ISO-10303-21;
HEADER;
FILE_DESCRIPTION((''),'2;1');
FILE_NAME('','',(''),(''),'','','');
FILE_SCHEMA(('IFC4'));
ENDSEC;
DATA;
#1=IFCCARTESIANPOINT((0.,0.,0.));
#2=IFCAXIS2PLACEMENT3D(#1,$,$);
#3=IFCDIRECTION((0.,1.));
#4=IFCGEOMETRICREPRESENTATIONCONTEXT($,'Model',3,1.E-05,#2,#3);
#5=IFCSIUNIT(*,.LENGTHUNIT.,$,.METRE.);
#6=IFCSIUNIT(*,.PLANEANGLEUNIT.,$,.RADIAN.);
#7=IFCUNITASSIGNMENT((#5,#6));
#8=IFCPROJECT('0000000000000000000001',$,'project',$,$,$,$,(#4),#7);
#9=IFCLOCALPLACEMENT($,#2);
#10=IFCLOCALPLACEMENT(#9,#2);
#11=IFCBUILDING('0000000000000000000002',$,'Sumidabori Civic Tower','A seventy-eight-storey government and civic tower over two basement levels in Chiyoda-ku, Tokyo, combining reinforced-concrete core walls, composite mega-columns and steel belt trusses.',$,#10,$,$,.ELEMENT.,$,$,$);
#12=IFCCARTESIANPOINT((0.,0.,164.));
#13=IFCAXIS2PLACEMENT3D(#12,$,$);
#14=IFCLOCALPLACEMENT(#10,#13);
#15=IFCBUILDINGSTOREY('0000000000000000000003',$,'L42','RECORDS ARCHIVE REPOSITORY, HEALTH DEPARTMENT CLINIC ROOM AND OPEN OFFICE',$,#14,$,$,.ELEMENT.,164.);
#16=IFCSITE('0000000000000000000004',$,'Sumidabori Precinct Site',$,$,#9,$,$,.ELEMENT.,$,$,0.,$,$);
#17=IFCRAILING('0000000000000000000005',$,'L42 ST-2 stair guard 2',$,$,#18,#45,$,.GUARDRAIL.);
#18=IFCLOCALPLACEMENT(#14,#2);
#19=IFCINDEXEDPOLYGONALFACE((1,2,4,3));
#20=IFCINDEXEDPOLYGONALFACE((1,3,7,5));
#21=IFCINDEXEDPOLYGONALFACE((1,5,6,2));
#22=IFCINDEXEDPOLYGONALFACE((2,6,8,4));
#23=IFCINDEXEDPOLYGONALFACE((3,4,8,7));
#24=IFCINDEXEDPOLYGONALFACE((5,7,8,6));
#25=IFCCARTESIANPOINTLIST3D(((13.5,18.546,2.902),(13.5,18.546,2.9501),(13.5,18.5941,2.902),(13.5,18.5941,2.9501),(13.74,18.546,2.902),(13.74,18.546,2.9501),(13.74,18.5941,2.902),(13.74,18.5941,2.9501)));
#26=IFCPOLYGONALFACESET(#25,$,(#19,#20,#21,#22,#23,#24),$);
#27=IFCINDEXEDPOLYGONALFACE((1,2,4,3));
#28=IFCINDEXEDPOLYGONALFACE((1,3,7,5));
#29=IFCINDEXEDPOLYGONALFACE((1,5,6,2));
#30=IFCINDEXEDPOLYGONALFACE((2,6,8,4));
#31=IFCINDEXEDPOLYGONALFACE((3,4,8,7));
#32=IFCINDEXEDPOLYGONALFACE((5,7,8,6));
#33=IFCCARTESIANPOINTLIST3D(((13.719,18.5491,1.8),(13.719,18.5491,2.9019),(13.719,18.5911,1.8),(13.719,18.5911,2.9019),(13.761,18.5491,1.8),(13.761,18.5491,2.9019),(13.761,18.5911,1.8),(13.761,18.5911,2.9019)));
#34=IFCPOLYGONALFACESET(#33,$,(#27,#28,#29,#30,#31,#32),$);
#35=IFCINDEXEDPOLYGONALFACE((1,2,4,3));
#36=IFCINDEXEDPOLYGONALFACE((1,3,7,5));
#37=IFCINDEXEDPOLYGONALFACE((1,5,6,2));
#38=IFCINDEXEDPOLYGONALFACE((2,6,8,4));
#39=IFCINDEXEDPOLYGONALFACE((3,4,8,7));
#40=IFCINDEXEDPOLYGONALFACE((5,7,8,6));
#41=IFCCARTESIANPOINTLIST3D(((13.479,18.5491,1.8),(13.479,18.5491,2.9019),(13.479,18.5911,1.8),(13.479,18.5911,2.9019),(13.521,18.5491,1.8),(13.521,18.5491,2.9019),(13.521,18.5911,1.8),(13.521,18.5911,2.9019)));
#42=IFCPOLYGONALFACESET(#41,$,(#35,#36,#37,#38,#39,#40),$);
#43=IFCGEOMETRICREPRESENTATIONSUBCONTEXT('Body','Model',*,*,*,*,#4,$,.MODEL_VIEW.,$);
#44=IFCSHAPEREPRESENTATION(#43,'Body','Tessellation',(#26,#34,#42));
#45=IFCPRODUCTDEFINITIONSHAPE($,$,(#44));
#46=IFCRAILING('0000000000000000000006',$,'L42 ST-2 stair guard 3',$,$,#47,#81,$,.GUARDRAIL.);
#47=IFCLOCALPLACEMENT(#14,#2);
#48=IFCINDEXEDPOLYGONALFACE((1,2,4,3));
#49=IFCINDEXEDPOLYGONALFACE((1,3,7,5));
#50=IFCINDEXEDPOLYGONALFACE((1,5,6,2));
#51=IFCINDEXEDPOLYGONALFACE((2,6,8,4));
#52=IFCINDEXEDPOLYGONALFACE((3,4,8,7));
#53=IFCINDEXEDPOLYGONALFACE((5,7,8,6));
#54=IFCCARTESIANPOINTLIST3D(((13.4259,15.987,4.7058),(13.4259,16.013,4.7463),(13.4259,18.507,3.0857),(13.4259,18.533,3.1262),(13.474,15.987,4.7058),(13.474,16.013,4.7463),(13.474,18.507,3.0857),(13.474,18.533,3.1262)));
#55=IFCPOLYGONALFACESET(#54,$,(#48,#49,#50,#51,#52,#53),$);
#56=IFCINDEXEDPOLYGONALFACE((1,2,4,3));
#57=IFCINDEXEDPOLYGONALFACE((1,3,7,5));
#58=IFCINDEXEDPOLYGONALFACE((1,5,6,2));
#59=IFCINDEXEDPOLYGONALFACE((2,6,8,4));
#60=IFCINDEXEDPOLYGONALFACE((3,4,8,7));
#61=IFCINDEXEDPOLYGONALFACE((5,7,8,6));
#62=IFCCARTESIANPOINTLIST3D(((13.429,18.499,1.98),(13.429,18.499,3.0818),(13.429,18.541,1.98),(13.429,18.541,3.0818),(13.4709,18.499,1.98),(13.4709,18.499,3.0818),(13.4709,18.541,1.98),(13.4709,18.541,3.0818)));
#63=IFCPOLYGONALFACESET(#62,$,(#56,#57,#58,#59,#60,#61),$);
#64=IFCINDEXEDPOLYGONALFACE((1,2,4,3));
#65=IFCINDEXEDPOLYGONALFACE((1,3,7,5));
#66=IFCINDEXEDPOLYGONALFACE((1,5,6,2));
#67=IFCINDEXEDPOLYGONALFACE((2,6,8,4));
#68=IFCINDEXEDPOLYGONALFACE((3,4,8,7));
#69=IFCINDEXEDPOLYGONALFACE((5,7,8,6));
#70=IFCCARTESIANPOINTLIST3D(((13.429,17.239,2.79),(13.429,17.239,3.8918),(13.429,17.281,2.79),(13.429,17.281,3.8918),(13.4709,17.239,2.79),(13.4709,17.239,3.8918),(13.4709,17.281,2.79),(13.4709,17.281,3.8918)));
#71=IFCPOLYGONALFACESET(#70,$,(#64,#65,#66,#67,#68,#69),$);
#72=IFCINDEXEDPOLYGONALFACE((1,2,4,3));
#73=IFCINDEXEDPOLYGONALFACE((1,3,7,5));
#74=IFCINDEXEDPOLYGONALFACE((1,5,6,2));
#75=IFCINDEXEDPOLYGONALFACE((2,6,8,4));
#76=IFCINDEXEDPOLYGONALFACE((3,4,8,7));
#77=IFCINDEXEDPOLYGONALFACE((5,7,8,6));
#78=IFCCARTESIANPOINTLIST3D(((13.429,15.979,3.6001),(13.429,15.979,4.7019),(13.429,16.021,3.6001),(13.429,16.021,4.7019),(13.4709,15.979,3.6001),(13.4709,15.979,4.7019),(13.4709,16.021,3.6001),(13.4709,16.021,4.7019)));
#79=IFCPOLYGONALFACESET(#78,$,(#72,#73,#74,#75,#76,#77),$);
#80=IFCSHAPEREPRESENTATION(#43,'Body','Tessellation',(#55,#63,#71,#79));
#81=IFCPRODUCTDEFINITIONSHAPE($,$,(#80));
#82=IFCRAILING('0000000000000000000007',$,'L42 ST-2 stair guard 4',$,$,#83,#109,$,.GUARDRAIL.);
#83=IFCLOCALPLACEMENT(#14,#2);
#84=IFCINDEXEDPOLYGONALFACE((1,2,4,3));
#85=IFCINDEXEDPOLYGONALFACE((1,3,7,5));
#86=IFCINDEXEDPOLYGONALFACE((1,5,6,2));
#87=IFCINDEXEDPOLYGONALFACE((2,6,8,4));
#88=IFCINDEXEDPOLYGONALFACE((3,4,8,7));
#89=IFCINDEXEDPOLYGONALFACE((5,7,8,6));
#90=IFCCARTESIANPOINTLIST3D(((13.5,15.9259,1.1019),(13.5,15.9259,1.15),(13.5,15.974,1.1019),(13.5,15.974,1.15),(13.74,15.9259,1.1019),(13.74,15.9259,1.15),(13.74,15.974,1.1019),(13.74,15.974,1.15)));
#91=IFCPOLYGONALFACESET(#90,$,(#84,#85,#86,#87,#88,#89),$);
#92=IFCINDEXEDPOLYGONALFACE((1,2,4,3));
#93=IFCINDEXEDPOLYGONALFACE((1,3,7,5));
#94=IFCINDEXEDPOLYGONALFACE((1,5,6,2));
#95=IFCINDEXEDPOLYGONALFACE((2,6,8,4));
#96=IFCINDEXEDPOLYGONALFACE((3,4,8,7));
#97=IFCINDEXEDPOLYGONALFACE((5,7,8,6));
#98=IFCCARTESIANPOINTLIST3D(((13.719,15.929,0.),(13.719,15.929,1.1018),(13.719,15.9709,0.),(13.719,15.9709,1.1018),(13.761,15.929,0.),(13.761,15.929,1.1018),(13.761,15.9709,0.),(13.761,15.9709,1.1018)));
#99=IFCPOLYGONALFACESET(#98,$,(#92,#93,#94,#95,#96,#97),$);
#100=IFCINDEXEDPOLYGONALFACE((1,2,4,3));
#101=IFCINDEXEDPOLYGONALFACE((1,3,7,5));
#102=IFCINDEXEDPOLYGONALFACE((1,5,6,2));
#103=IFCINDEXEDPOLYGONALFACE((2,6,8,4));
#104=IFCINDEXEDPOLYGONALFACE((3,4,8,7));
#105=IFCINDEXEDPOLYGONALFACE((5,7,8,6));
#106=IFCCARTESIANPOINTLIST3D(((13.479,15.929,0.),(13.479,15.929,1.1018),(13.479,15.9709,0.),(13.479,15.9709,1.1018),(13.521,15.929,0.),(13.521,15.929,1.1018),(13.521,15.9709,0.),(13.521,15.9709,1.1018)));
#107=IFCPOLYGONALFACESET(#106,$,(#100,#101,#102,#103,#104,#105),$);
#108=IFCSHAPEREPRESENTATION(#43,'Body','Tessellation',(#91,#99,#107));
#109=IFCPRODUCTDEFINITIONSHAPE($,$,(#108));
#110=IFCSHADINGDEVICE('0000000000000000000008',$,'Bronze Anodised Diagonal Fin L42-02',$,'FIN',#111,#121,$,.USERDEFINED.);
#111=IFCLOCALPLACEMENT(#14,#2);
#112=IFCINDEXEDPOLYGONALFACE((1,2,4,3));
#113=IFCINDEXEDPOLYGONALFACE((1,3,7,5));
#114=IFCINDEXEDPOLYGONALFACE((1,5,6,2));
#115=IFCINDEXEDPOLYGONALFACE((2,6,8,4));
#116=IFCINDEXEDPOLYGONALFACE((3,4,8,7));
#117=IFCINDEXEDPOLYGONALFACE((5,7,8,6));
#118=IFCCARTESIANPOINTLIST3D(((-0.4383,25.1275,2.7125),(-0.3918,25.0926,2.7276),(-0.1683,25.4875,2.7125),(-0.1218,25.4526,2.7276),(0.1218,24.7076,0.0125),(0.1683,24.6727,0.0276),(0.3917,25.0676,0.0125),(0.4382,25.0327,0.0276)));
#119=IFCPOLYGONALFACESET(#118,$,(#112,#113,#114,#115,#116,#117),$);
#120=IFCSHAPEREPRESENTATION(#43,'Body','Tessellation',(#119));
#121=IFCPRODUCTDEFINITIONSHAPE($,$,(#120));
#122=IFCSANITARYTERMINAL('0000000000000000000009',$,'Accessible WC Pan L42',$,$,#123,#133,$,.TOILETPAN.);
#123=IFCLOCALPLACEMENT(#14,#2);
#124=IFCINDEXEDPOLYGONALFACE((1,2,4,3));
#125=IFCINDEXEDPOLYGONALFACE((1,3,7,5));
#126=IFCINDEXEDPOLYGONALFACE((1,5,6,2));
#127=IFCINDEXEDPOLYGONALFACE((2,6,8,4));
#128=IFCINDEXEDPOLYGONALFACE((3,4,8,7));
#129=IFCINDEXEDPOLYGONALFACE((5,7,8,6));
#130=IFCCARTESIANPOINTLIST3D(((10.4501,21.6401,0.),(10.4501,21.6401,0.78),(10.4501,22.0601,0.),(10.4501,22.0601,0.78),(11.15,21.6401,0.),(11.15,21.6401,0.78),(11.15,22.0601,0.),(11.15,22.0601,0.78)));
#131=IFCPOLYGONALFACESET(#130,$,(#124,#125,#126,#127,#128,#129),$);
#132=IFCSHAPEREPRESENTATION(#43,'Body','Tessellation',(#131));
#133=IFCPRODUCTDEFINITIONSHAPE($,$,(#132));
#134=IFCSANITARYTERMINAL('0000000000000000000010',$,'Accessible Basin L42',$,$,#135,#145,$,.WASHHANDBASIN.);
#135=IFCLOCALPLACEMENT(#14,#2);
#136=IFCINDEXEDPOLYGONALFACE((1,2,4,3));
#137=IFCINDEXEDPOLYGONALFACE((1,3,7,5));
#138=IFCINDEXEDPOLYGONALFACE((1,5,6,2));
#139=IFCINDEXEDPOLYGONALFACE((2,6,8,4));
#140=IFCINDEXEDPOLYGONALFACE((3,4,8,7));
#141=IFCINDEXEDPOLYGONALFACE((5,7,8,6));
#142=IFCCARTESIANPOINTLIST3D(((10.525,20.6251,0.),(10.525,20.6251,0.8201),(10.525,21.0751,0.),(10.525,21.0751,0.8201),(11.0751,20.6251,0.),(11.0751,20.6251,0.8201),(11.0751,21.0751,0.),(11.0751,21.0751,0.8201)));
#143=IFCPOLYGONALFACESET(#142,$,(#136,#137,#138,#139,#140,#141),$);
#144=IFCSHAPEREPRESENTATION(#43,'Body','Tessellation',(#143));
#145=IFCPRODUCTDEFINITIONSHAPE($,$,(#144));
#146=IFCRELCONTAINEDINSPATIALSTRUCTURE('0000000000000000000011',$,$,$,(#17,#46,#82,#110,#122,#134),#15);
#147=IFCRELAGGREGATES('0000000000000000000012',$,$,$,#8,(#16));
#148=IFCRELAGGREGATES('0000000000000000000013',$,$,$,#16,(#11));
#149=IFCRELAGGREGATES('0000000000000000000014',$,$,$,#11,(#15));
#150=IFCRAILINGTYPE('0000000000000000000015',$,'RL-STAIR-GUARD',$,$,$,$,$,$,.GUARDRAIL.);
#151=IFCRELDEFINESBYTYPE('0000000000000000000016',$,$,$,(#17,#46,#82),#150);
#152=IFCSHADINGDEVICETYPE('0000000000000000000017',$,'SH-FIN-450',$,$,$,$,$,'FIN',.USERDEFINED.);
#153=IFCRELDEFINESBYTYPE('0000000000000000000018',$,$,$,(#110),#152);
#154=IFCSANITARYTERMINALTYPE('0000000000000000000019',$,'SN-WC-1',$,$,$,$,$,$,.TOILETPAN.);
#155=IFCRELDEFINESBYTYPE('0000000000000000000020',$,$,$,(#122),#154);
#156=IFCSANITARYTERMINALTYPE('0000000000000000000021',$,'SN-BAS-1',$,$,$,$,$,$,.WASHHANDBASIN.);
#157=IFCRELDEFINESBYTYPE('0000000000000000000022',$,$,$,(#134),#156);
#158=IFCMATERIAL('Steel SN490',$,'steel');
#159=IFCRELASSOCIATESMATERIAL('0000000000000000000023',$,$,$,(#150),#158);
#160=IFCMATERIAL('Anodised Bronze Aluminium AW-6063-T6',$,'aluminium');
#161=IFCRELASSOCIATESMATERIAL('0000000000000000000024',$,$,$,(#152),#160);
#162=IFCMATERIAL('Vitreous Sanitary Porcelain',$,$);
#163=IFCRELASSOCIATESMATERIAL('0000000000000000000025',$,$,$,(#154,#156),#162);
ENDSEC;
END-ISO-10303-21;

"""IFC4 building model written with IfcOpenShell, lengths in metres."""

from ifc_helpers import new_model, si_unit, direction, frame, origin, origin_2d, place, context, subcontext, project, spatial, rectangle, extrude, source, transform, mapped, material, material_profile, profile_set, type_object, element, save


model = new_model("IFC4")

# Units and contexts
model_context = context("Model", 3, precision=1e-05, world=origin(), true_north=direction((0.0, 1.0)))
body_context = subcontext(model_context, "Body", "Model", "MODEL_VIEW")
ifc_project = project(units=[si_unit("LENGTHUNIT", "METRE"), si_unit("PLANEANGLEUNIT", "RADIAN")], contexts=[model_context])

# Site, building, storey
site_placement = place(None, origin())
site = spatial("IfcSite", under=ifc_project, at=site_placement, Name="Sumidabori Precinct Site", CompositionType="ELEMENT", RefElevation=0.0)
building_placement = place(site_placement, origin())
building = spatial("IfcBuilding", under=site, at=building_placement, Name="Sumidabori Civic Tower", Description="A seventy-eight-storey government and civic tower over two basement levels in Chiyoda-ku, Tokyo, combining reinforced-concrete core walls, composite mega-columns and steel belt trusses.", CompositionType="ELEMENT")
storey_placement = place(building_placement, frame((0.0, 0.0, 164.0)))
storey = spatial("IfcBuildingStorey", under=building, at=storey_placement, Name="L42", Description="RECORDS ARCHIVE REPOSITORY, HEALTH DEPARTMENT CLINIC ROOM AND OPEN OFFICE", CompositionType="ELEMENT", Elevation=164.0)

# Shared definitions
ifc_material_1 = material(Name="Steel SN490", Category="steel")

# Shared definitions
ifc_material_2 = material(Name="Anodised Bronze Aluminium AW-6063-T6", Category="aluminium")

# Railings
railing_type_1 = type_object("IfcRailingType", Name="RL-STAIR-GUARD", PredefinedType="GUARDRAIL", material=ifc_material_1)
railing_1_placement = place(storey_placement, frame((13.74, 18.5701, 1.8)))
element("IfcRailing", 1, at=railing_1_placement, inside=storey, type_object=railing_type_1, Name="L42 ST-2 stair guard 2", PredefinedType="GUARDRAIL", context=body_context, shape_type="SweptSolid", body=[
    extrude(rectangle(XDim=0.0481, YDim=0.0481, at=origin_2d()), frame((0.0, 0.0, 1.126), z_axis=(-1.0, 0.0, 0.0), x_axis=(0.0, -1.0, 0.0)), (0.0, 0.0, 1.0), 0.24),
    extrude(rectangle(XDim=0.042, YDim=0.042, at=origin_2d()), origin(), (0.0, 0.0, 1.0), 1.1018),
    extrude(rectangle(XDim=0.042, YDim=0.042, at=origin_2d()), frame((-0.24, 0.0, 0.0)), (0.0, 0.0, 1.0), 1.1018),
])
railing_2_placement = place(storey_placement, frame((13.45, 18.52, 1.98)))
element("IfcRailing", 2, at=railing_2_placement, inside=storey, type_object=railing_type_1, Name="L42 ST-2 stair guard 3", PredefinedType="GUARDRAIL", context=body_context, shape_type="SweptSolid", body=[
    extrude(rectangle(XDim=0.0481, YDim=0.0481, at=origin_2d()), frame((0.0, 0.0, 1.126), z_axis=(0.0, -0.841163, 0.540782), x_axis=(1.0, 0.0, 0.0)), (0.0, 0.0, 1.0), 2.9958),
    extrude(rectangle(XDim=0.042, YDim=0.042, at=origin_2d()), origin(), (0.0, 0.0, 1.0), 1.1018),
    extrude(rectangle(XDim=0.042, YDim=0.042, at=origin_2d()), frame((0.0, -1.26, 0.8101)), (0.0, 0.0, 1.0), 1.1018),
    extrude(rectangle(XDim=0.042, YDim=0.042, at=origin_2d()), frame((0.0, -2.52, 1.6201)), (0.0, 0.0, 1.0), 1.1018),
])
railing_3_placement = place(storey_placement, frame((13.74, 15.95, 0.0)))
element("IfcRailing", 3, at=railing_3_placement, inside=storey, type_object=railing_type_1, Name="L42 ST-2 stair guard 4", PredefinedType="GUARDRAIL", context=body_context, shape_type="SweptSolid", body=[
    extrude(rectangle(XDim=0.0481, YDim=0.0481, at=origin_2d()), frame((0.0, 0.0, 1.126), z_axis=(-1.0, 0.0, 0.0), x_axis=(0.0, -1.0, 0.0)), (0.0, 0.0, 1.0), 0.24),
    extrude(rectangle(XDim=0.042, YDim=0.042, at=origin_2d()), origin(), (0.0, 0.0, 1.0), 1.1018),
    extrude(rectangle(XDim=0.042, YDim=0.042, at=origin_2d()), frame((-0.24, 0.0, 0.0)), (0.0, 0.0, 1.0), 1.1018),
])

# Shading device
ifc_material_profile_1 = material_profile(ifc_material_2, rectangle(XDim=0.0601, YDim=0.45, at=origin_2d()), Name="BRONZE FIN 450x60")
ifc_profile_set_1 = profile_set([ifc_material_profile_1], Name="Anodised Bronze Aluminium AW-6063-T6")
shading_device_type = type_object("IfcShadingDeviceType", Name="SH-FIN-450", ElementType="FIN", PredefinedType="USERDEFINED", material=ifc_profile_set_1)
shared_shape_1 = source(origin(), body_context, "Body", "SweptSolid", [
    extrude(rectangle(XDim=0.0601, YDim=0.45, at=origin_2d()), origin(), (0.0, 0.0, 1.0), 2.7893),
])
shading_device_placement = place(storey_placement, frame((0.28, 24.8701, 0.02), z_axis=(-0.200794, 0.150552, 0.967996), x_axis=(0.774478, -0.580689, 0.250966)))
element("IfcShadingDevice", 4, at=shading_device_placement, inside=storey, type_object=shading_device_type, Name="Bronze Anodised Diagonal Fin L42-02", ObjectType="FIN", PredefinedType="USERDEFINED", context=body_context, shape_type="MappedRepresentation", body=[
    mapped(shared_shape_1, transform((0.0, 0.0, 0.0), x_axis=(1.0, 0.0, 0.0), y_axis=(0.0, 1.0, 0.0), z_axis=(0.0, 0.0, 1.0), scale=1.0)),
])

# Sanitary terminals
ifc_material_3 = material(Name="Vitreous Sanitary Porcelain")
sanitary_terminal_type_1 = type_object("IfcSanitaryTerminalType", Name="SN-WC-1", PredefinedType="TOILETPAN", material=ifc_material_3)
shared_shape_2 = source(origin(), body_context, "Body", "SweptSolid", [
    extrude(rectangle(XDim=0.7, YDim=0.4199, at=origin_2d()), origin(), (0.0, 0.0, 1.0), 0.78),
])
sanitary_terminal_1_placement = place(storey_placement, frame((10.8, 21.8501, 0.0), z_axis=(0.0, 0.0, 1.0), x_axis=(1.0, 0.0, 0.0)))
element("IfcSanitaryTerminal", 5, at=sanitary_terminal_1_placement, inside=storey, type_object=sanitary_terminal_type_1, Name="Accessible WC Pan L42", PredefinedType="TOILETPAN", context=body_context, shape_type="MappedRepresentation", body=[
    mapped(shared_shape_2, transform((0.0, 0.0, 0.0), x_axis=(1.0, 0.0, 0.0), y_axis=(0.0, 1.0, 0.0), z_axis=(0.0, 0.0, 1.0), scale=1.0)),
])
sanitary_terminal_type_2 = type_object("IfcSanitaryTerminalType", Name="SN-BAS-1", PredefinedType="WASHHANDBASIN", material=ifc_material_3)
shared_shape_3 = source(origin(), body_context, "Body", "SweptSolid", [
    extrude(rectangle(XDim=0.55, YDim=0.45, at=origin_2d()), origin(), (0.0, 0.0, 1.0), 0.8201),
])
sanitary_terminal_2_placement = place(storey_placement, frame((10.8, 20.8501, 0.0), z_axis=(0.0, 0.0, 1.0), x_axis=(1.0, 0.0, 0.0)))
element("IfcSanitaryTerminal", 6, at=sanitary_terminal_2_placement, inside=storey, type_object=sanitary_terminal_type_2, Name="Accessible Basin L42", PredefinedType="WASHHANDBASIN", context=body_context, shape_type="MappedRepresentation", body=[
    mapped(shared_shape_3, transform((0.0, 0.0, 0.0), x_axis=(1.0, 0.0, 0.0), y_axis=(0.0, 1.0, 0.0), z_axis=(0.0, 0.0, 1.0), scale=1.0)),
])

save(model, "model.ifc")
